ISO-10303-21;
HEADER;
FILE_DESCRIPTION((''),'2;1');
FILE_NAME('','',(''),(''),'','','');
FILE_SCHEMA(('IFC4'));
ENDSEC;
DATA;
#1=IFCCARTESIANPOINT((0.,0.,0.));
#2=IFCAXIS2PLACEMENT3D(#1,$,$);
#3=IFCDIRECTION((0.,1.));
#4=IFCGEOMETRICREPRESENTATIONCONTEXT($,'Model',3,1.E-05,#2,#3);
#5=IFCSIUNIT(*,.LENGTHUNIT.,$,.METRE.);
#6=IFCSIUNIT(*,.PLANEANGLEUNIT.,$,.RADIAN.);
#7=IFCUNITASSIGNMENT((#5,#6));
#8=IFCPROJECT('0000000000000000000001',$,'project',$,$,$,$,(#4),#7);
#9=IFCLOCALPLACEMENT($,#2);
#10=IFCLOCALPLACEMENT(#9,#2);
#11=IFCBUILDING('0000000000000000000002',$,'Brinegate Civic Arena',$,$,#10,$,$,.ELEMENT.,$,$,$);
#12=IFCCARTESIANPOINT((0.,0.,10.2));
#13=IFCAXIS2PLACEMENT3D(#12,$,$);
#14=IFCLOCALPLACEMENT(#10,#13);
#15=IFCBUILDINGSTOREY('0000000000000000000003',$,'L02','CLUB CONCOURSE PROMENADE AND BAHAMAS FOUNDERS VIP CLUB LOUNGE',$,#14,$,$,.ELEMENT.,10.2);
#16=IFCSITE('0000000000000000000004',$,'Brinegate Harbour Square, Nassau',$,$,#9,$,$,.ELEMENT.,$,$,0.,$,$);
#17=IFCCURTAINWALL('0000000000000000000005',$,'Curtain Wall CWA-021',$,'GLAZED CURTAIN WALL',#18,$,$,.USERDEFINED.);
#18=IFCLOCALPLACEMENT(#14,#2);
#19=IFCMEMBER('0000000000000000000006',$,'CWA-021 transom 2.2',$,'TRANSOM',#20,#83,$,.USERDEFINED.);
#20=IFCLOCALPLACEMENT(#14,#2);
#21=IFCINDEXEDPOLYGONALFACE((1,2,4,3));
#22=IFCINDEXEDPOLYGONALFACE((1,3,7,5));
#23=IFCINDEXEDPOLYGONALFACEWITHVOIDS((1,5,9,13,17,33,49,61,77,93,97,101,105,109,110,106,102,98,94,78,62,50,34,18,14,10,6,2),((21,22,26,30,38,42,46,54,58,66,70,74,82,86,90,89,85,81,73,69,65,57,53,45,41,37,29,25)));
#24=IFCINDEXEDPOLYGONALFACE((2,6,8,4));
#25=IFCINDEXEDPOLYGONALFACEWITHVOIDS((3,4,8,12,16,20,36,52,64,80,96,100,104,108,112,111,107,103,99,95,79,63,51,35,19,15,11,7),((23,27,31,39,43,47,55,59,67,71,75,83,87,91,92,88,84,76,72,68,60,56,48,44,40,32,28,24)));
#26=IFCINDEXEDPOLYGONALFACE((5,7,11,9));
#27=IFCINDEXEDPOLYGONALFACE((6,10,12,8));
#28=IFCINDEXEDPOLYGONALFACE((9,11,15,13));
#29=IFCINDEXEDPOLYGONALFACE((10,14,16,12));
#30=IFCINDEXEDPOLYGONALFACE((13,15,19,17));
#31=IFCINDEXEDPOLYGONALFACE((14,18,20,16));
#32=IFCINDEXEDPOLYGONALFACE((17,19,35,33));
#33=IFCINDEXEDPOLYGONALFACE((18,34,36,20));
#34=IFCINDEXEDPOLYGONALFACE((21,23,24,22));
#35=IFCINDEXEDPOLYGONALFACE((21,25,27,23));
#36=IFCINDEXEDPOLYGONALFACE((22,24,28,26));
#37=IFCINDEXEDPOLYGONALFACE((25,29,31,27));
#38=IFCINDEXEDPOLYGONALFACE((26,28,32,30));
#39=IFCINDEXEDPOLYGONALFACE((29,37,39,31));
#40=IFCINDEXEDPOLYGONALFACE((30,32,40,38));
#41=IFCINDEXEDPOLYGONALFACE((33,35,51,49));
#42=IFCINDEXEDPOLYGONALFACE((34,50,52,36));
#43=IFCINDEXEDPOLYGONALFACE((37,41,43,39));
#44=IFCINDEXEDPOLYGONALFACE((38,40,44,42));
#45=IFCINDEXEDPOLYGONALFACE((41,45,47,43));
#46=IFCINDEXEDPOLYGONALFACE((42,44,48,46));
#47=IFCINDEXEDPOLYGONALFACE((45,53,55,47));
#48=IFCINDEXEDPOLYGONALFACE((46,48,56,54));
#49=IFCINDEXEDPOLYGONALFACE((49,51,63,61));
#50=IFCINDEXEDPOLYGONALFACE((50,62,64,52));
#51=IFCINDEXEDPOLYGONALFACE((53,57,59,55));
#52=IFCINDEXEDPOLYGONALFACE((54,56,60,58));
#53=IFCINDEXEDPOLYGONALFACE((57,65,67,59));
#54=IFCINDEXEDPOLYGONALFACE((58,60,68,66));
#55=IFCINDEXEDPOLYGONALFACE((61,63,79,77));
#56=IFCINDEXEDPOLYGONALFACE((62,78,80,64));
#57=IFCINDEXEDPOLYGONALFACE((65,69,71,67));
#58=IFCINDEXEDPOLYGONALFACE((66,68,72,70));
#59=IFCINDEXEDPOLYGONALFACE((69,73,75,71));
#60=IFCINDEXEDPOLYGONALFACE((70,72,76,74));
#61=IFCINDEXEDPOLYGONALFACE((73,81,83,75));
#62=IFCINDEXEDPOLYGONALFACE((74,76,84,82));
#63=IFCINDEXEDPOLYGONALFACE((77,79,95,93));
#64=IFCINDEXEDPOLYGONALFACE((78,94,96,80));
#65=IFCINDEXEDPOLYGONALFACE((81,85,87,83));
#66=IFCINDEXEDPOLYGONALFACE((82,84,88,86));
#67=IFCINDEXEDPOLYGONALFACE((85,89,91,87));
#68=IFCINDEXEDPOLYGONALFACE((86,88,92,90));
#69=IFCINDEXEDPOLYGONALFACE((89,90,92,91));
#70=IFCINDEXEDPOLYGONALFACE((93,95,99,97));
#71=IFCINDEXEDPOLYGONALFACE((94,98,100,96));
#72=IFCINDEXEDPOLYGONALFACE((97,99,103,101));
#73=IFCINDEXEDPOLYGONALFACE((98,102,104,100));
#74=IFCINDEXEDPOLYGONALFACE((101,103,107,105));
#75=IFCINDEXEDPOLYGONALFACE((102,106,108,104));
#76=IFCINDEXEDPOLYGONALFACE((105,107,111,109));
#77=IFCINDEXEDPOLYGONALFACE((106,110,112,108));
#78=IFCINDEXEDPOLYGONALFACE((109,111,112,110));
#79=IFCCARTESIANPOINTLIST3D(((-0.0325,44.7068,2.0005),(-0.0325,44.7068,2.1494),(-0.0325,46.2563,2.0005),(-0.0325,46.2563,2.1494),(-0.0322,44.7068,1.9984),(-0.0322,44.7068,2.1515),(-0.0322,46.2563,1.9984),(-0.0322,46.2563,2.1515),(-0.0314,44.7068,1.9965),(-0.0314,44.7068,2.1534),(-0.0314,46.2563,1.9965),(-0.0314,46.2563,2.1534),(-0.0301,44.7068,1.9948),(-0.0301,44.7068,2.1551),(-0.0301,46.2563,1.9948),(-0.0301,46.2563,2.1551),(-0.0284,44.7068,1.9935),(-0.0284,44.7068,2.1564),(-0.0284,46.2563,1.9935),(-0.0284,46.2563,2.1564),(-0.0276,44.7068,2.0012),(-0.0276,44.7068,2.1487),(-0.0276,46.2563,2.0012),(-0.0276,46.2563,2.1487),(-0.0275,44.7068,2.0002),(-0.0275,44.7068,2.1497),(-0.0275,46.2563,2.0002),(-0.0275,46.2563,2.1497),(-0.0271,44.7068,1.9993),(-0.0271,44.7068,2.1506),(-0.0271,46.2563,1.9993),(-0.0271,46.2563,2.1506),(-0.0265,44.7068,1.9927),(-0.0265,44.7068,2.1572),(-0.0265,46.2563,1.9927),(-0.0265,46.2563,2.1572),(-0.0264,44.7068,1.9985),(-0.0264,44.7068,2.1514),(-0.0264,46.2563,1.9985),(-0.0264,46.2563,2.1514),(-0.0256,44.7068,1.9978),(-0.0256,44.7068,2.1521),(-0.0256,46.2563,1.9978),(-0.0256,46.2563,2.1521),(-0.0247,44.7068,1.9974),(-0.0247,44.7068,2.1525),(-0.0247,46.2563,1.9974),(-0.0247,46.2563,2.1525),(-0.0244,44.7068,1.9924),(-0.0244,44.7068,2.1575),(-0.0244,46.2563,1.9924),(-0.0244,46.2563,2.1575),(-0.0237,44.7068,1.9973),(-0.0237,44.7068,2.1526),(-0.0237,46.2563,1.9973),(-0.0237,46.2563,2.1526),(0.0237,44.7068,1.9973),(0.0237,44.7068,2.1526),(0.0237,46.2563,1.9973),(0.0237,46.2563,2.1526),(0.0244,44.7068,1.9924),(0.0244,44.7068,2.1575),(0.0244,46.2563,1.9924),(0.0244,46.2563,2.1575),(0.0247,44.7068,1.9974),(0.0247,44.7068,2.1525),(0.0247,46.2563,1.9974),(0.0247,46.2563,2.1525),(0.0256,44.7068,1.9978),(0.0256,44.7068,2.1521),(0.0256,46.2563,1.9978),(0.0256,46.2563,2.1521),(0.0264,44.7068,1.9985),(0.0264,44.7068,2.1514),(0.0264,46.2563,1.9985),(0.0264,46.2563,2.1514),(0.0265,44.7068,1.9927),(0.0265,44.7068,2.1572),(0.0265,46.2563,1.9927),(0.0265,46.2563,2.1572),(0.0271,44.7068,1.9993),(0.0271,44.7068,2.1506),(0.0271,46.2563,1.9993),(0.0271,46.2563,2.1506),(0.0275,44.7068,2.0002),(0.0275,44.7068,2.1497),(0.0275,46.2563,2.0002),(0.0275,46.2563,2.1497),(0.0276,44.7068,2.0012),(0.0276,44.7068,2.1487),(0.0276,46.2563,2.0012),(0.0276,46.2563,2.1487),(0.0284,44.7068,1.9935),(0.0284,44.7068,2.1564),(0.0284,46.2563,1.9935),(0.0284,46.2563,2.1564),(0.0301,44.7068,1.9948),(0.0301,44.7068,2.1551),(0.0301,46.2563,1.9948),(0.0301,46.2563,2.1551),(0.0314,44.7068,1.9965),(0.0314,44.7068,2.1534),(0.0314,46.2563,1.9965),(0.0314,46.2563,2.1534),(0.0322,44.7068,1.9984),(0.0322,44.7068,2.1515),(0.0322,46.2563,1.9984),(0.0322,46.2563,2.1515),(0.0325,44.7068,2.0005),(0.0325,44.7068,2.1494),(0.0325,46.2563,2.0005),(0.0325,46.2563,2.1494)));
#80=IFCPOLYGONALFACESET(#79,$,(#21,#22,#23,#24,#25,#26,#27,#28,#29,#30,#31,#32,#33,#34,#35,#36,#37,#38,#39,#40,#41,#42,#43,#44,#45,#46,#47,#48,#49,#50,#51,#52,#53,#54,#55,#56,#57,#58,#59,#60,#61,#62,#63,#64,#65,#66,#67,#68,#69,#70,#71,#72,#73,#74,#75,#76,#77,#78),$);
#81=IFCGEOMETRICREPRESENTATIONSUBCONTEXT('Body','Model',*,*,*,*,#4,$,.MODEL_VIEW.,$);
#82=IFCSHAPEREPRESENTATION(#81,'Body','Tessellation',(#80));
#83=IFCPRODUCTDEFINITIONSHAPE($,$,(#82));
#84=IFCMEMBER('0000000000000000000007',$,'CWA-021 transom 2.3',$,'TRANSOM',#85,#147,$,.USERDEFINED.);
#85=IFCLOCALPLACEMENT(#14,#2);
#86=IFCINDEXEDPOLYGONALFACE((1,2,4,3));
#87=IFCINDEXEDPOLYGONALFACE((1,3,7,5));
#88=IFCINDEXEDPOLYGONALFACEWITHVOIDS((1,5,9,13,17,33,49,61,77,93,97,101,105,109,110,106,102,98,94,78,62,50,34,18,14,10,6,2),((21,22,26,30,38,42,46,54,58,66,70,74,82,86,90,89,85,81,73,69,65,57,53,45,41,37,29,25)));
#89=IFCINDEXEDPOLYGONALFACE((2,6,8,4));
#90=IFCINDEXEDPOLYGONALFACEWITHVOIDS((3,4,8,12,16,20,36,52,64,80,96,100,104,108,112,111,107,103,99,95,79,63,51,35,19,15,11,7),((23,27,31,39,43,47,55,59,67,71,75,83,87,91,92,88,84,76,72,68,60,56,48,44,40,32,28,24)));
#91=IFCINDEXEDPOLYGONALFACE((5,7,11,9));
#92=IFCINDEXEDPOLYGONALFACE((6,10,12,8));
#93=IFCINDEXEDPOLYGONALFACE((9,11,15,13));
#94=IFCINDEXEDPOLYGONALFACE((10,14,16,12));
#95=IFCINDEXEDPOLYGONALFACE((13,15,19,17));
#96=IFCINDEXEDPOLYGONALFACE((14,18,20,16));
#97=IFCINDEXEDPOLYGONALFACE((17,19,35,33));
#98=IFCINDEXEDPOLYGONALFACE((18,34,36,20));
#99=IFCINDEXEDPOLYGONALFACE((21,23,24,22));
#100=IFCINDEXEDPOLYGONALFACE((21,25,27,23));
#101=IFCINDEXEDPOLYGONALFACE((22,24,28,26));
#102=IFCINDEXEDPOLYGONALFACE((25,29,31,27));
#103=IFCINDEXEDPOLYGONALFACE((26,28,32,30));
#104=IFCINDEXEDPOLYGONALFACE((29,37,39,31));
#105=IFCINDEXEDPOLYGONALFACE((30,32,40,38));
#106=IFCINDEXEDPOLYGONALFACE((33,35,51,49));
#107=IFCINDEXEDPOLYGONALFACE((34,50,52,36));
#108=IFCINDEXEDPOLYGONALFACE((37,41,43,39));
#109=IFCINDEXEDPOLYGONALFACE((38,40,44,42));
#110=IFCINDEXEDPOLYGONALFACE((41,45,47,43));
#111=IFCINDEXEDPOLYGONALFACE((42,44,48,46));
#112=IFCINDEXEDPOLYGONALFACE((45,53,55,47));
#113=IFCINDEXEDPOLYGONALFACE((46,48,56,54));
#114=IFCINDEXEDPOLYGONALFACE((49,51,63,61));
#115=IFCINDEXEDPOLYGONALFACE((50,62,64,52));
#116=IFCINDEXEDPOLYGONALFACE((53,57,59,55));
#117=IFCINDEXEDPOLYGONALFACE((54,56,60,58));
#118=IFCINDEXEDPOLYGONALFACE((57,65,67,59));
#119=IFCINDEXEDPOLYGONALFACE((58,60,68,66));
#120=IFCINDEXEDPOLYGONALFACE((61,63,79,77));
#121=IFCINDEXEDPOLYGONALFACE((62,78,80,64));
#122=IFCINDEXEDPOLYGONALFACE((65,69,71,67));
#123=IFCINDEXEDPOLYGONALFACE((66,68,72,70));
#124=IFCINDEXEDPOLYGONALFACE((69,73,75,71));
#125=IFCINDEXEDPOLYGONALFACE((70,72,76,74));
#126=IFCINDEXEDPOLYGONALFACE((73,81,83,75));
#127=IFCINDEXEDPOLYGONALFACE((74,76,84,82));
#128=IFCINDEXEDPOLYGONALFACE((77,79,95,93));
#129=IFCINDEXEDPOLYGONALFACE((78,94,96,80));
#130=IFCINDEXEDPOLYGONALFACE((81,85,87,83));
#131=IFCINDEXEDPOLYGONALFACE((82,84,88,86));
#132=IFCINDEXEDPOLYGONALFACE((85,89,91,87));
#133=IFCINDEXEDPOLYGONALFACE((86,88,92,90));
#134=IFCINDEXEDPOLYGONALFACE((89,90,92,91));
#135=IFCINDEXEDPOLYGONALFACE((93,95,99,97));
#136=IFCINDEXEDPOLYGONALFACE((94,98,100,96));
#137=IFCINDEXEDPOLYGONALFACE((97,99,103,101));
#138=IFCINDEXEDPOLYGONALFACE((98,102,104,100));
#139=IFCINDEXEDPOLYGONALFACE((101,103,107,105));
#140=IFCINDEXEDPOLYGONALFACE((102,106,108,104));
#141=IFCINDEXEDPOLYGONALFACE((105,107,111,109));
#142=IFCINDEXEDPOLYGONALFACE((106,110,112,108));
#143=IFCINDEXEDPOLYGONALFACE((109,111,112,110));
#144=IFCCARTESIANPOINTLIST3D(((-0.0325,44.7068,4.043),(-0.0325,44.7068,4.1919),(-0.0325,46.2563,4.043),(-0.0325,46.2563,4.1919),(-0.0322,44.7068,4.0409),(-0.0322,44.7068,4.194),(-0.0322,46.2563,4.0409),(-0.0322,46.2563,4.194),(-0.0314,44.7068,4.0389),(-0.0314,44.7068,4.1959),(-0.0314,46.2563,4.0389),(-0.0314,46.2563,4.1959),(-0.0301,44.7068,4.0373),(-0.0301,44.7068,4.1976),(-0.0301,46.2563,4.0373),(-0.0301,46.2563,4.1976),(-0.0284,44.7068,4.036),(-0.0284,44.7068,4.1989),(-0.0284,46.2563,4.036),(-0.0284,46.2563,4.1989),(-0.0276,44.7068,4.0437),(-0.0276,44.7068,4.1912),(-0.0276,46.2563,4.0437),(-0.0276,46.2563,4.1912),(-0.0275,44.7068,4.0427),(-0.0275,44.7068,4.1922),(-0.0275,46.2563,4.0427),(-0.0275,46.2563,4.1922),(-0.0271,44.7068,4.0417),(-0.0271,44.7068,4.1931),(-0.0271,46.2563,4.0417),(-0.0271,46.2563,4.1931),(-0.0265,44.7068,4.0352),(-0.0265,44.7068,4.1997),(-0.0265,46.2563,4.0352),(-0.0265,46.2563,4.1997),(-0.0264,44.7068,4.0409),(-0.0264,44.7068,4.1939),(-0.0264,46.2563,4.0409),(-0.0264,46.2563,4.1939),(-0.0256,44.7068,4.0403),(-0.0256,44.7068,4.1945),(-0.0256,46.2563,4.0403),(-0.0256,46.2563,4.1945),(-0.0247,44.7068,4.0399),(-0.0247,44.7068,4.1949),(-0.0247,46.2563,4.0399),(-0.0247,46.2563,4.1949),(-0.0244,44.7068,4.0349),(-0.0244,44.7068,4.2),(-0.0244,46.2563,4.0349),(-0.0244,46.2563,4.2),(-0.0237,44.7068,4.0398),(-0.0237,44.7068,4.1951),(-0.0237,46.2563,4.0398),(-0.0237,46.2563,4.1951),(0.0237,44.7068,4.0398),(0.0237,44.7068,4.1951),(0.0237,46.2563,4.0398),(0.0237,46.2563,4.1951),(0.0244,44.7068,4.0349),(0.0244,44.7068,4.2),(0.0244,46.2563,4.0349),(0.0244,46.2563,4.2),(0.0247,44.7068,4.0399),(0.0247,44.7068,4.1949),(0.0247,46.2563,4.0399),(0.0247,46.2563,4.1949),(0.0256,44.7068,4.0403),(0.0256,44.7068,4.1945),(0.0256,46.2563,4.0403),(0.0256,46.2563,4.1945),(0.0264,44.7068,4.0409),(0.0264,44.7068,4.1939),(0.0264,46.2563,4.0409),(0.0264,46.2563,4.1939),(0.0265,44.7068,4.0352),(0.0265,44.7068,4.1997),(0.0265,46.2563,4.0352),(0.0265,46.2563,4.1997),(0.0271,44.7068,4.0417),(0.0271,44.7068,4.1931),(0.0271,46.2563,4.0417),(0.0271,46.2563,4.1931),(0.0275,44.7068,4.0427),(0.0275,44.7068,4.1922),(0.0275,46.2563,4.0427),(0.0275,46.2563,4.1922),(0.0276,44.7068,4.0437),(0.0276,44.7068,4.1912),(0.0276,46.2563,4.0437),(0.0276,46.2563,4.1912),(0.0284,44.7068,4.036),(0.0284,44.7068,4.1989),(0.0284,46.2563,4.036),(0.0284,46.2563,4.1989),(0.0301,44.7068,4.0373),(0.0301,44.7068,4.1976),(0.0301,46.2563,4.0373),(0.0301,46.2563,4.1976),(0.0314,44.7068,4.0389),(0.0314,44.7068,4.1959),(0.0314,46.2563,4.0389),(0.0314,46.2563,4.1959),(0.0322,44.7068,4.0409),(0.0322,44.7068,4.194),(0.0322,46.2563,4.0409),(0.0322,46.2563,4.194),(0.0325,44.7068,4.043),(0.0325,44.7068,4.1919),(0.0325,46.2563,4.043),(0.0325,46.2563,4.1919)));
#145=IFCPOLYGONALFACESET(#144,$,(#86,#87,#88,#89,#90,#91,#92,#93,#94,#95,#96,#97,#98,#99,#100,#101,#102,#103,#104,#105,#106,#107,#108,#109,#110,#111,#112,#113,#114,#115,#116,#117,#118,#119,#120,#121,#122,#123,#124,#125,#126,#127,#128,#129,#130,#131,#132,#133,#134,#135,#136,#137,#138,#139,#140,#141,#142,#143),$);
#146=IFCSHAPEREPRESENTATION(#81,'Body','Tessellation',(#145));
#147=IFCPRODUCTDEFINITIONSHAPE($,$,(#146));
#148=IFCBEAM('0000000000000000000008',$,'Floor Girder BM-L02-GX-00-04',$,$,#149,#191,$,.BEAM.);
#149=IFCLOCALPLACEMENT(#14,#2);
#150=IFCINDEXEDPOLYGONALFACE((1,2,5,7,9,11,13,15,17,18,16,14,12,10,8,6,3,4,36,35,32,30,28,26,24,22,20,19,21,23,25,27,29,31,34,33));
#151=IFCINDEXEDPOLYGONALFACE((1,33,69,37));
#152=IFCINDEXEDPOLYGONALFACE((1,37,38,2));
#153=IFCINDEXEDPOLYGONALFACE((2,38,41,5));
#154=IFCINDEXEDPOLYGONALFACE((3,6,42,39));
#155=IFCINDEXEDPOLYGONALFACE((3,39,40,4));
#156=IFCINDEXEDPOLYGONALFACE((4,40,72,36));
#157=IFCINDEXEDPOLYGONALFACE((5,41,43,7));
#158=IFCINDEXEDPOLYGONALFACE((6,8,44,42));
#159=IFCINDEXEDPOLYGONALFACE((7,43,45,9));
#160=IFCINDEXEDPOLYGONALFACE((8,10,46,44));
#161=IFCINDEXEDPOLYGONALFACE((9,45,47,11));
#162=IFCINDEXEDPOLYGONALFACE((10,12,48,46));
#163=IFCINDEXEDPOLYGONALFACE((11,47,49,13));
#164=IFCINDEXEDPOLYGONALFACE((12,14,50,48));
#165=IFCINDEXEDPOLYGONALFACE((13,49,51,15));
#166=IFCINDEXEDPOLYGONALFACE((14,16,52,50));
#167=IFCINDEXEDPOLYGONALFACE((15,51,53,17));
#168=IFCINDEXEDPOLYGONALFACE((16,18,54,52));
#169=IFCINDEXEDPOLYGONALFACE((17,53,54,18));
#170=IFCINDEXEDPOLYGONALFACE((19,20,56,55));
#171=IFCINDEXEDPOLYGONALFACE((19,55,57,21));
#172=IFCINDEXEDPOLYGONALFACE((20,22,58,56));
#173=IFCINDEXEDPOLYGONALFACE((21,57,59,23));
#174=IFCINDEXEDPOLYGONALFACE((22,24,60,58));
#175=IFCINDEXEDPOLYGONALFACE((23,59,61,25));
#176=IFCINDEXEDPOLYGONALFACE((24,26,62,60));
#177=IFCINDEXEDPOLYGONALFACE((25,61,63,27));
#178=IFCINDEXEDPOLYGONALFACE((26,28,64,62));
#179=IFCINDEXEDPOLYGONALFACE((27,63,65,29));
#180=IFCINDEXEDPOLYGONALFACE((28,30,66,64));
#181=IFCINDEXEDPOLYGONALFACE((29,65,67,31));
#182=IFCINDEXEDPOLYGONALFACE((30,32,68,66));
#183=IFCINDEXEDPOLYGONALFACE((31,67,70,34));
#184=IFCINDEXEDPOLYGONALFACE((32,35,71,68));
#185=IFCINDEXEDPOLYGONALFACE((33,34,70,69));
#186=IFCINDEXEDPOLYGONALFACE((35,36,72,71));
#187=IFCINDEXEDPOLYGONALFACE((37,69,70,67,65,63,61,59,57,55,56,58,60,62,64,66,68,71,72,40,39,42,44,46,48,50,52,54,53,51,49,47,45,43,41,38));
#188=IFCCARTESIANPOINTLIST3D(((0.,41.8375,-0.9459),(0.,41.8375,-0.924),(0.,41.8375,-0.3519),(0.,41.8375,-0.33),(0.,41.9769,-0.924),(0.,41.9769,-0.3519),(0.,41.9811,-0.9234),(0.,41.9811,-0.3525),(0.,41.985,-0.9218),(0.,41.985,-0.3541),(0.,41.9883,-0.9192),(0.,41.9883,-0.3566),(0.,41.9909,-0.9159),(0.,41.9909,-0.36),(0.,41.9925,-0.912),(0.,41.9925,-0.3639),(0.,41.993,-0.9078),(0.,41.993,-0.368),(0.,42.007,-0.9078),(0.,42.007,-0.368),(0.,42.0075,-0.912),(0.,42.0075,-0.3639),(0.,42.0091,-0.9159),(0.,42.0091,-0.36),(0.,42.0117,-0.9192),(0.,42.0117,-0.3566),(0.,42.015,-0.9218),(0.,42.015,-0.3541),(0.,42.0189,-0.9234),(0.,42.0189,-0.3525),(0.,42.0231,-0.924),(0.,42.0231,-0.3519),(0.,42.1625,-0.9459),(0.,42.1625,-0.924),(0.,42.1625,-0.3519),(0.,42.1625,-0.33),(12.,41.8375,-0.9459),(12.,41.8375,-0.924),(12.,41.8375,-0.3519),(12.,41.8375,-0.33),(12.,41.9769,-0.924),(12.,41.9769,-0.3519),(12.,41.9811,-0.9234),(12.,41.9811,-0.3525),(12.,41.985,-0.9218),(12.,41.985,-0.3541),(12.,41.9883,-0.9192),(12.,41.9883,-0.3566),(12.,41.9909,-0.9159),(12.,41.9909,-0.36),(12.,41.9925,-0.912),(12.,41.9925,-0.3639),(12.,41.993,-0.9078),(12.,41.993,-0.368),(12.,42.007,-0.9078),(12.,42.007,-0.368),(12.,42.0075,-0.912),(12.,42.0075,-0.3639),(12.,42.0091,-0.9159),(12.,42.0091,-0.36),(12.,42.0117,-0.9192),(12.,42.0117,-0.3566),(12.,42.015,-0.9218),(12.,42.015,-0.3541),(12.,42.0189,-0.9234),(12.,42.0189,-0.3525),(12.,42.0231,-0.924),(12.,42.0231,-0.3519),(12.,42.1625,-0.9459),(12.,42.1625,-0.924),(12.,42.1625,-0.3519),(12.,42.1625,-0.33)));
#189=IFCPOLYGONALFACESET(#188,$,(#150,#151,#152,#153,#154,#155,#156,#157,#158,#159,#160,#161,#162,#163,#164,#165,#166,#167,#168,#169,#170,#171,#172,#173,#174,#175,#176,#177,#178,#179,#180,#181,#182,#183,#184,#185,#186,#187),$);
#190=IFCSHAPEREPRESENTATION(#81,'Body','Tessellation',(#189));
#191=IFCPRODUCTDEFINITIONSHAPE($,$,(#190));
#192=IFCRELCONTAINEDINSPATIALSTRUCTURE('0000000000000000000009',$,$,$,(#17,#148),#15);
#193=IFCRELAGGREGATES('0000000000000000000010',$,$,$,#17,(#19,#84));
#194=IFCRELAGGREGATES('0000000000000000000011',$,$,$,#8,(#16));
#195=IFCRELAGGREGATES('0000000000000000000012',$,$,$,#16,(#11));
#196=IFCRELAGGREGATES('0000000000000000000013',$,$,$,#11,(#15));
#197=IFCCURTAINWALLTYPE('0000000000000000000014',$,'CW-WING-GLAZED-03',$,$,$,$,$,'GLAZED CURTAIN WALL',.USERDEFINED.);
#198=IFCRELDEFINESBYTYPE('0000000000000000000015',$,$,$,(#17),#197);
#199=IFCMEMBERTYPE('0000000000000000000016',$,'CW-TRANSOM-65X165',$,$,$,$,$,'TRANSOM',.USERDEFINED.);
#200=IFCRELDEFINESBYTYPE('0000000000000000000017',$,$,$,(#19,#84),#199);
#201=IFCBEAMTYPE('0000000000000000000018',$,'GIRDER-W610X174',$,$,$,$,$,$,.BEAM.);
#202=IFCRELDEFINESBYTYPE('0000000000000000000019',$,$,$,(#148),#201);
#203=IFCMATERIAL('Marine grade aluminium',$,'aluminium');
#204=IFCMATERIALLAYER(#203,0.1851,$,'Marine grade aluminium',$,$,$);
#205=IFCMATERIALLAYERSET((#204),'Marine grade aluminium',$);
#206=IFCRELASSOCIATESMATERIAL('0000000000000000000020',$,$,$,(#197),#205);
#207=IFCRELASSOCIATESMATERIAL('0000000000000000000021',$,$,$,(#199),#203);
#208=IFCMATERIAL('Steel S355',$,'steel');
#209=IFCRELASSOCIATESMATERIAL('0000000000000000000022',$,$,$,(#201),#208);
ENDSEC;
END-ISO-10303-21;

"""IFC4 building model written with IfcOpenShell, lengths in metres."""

from ifc_helpers import new_model, si_unit, direction, frame, origin, origin_2d, place, context, subcontext, project, spatial, hollow_rectangle, i_section, extrude, material, layer, layer_set, material_profile, profile_set, type_object, element, aggregate, save


model = new_model("IFC4")

# Units and contexts
model_context = context("Model", 3, precision=1e-05, world=origin(), true_north=direction((0.0, 1.0)))
body_context = subcontext(model_context, "Body", "Model", "MODEL_VIEW")
ifc_project = project(units=[si_unit("LENGTHUNIT", "METRE"), si_unit("PLANEANGLEUNIT", "RADIAN")], contexts=[model_context])

# Site, building, storey
site_placement = place(None, origin())
site = spatial("IfcSite", under=ifc_project, at=site_placement, Name="Brinegate Harbour Square, Nassau", CompositionType="ELEMENT", RefElevation=0.0)
building_placement = place(site_placement, origin())
building = spatial("IfcBuilding", under=site, at=building_placement, Name="Brinegate Civic Arena", CompositionType="ELEMENT")
storey_placement = place(building_placement, frame((0.0, 0.0, 10.2)))
storey = spatial("IfcBuildingStorey", under=building, at=storey_placement, Name="L02", Description="CLUB CONCOURSE PROMENADE AND BAHAMAS FOUNDERS VIP CLUB LOUNGE", CompositionType="ELEMENT", Elevation=10.2)

# Shared definitions
ifc_material_1 = material(Name="Steel S355", Category="steel")

# Curtain wall
ifc_material_2 = material(Name="Marine grade aluminium", Category="aluminium")
ifc_layer_1 = layer(ifc_material_2, 0.1851, Name="Marine grade aluminium")
ifc_layer_set_1 = layer_set([ifc_layer_1], Name="Marine grade aluminium")
curtain_wall_type = type_object("IfcCurtainWallType", Name="CW-WING-GLAZED-03", ElementType="GLAZED CURTAIN WALL", PredefinedType="USERDEFINED", material=ifc_layer_set_1)
curtain_wall_1_placement = place(storey_placement, origin())
curtain_wall_1 = element("IfcCurtainWall", 1, at=curtain_wall_1_placement, inside=storey, type_object=curtain_wall_type, Name="Curtain Wall CWA-021", ObjectType="GLAZED CURTAIN WALL", PredefinedType="USERDEFINED")

# Members
ifc_material_profile_1 = material_profile(ifc_material_2, hollow_rectangle(XDim=0.0649, YDim=0.165, WallThickness=0.0049, InnerFilletRadius=0.0039, OuterFilletRadius=0.0081, at=origin_2d()), Name="TRN65X165")
ifc_profile_set_1 = profile_set([ifc_material_profile_1], Name="Marine grade aluminium")
member_type_1 = type_object("IfcMemberType", Name="CW-TRANSOM-65X165", ElementType="TRANSOM", PredefinedType="USERDEFINED", material=ifc_profile_set_1)
member_1_placement = place(storey_placement, frame((0.0, 44.7068, 2.075), z_axis=(0.0, 1.0, 0.0), x_axis=(-1.0, 0.0, 0.0)))
member_1 = element("IfcMember", 2, at=member_1_placement, type_object=member_type_1, Name="CWA-021 transom 2.2", ObjectType="TRANSOM", PredefinedType="USERDEFINED", context=body_context, shape_type="SweptSolid", body=[
    extrude(hollow_rectangle(XDim=0.0649, YDim=0.165, WallThickness=0.0049, InnerFilletRadius=0.0039, OuterFilletRadius=0.0081, at=origin_2d()), origin(), (0.0, 0.0, 1.0), 1.5496),
])
member_2_placement = place(storey_placement, frame((0.0, 44.7068, 4.1174), z_axis=(0.0, 1.0, 0.0), x_axis=(-1.0, 0.0, 0.0)))
member_2 = element("IfcMember", 3, at=member_2_placement, type_object=member_type_1, Name="CWA-021 transom 2.3", ObjectType="TRANSOM", PredefinedType="USERDEFINED", context=body_context, shape_type="SweptSolid", body=[
    extrude(hollow_rectangle(XDim=0.0649, YDim=0.165, WallThickness=0.0049, InnerFilletRadius=0.0039, OuterFilletRadius=0.0081, at=origin_2d()), origin(), (0.0, 0.0, 1.0), 1.5496),
])

# Beam
ifc_material_profile_2 = material_profile(ifc_material_1, i_section(OverallWidth=0.325, OverallDepth=0.616, WebThickness=0.0139, FlangeThickness=0.022, FilletRadius=0.0161, at=origin_2d()), Name="W610X174")
ifc_profile_set_2 = profile_set([ifc_material_profile_2], Name="Steel S355")
beam_type_1 = type_object("IfcBeamType", Name="GIRDER-W610X174", PredefinedType="BEAM", material=ifc_profile_set_2)
beam_1_placement = place(storey_placement, frame((0.0, 42.0, -0.6379), z_axis=(1.0, 0.0, 0.0), x_axis=(0.0, 1.0, 0.0)))
element("IfcBeam", 4, at=beam_1_placement, inside=storey, type_object=beam_type_1, Name="Floor Girder BM-L02-GX-00-04", PredefinedType="BEAM", context=body_context, shape_type="SweptSolid", body=[
    extrude(i_section(OverallWidth=0.325, OverallDepth=0.616, WebThickness=0.0139, FlangeThickness=0.022, FilletRadius=0.0161, at=origin_2d()), origin(), (0.0, 0.0, 1.0), 12.0),
])

aggregate(curtain_wall_1, [member_1, member_2])

save(model, "model.ifc")
